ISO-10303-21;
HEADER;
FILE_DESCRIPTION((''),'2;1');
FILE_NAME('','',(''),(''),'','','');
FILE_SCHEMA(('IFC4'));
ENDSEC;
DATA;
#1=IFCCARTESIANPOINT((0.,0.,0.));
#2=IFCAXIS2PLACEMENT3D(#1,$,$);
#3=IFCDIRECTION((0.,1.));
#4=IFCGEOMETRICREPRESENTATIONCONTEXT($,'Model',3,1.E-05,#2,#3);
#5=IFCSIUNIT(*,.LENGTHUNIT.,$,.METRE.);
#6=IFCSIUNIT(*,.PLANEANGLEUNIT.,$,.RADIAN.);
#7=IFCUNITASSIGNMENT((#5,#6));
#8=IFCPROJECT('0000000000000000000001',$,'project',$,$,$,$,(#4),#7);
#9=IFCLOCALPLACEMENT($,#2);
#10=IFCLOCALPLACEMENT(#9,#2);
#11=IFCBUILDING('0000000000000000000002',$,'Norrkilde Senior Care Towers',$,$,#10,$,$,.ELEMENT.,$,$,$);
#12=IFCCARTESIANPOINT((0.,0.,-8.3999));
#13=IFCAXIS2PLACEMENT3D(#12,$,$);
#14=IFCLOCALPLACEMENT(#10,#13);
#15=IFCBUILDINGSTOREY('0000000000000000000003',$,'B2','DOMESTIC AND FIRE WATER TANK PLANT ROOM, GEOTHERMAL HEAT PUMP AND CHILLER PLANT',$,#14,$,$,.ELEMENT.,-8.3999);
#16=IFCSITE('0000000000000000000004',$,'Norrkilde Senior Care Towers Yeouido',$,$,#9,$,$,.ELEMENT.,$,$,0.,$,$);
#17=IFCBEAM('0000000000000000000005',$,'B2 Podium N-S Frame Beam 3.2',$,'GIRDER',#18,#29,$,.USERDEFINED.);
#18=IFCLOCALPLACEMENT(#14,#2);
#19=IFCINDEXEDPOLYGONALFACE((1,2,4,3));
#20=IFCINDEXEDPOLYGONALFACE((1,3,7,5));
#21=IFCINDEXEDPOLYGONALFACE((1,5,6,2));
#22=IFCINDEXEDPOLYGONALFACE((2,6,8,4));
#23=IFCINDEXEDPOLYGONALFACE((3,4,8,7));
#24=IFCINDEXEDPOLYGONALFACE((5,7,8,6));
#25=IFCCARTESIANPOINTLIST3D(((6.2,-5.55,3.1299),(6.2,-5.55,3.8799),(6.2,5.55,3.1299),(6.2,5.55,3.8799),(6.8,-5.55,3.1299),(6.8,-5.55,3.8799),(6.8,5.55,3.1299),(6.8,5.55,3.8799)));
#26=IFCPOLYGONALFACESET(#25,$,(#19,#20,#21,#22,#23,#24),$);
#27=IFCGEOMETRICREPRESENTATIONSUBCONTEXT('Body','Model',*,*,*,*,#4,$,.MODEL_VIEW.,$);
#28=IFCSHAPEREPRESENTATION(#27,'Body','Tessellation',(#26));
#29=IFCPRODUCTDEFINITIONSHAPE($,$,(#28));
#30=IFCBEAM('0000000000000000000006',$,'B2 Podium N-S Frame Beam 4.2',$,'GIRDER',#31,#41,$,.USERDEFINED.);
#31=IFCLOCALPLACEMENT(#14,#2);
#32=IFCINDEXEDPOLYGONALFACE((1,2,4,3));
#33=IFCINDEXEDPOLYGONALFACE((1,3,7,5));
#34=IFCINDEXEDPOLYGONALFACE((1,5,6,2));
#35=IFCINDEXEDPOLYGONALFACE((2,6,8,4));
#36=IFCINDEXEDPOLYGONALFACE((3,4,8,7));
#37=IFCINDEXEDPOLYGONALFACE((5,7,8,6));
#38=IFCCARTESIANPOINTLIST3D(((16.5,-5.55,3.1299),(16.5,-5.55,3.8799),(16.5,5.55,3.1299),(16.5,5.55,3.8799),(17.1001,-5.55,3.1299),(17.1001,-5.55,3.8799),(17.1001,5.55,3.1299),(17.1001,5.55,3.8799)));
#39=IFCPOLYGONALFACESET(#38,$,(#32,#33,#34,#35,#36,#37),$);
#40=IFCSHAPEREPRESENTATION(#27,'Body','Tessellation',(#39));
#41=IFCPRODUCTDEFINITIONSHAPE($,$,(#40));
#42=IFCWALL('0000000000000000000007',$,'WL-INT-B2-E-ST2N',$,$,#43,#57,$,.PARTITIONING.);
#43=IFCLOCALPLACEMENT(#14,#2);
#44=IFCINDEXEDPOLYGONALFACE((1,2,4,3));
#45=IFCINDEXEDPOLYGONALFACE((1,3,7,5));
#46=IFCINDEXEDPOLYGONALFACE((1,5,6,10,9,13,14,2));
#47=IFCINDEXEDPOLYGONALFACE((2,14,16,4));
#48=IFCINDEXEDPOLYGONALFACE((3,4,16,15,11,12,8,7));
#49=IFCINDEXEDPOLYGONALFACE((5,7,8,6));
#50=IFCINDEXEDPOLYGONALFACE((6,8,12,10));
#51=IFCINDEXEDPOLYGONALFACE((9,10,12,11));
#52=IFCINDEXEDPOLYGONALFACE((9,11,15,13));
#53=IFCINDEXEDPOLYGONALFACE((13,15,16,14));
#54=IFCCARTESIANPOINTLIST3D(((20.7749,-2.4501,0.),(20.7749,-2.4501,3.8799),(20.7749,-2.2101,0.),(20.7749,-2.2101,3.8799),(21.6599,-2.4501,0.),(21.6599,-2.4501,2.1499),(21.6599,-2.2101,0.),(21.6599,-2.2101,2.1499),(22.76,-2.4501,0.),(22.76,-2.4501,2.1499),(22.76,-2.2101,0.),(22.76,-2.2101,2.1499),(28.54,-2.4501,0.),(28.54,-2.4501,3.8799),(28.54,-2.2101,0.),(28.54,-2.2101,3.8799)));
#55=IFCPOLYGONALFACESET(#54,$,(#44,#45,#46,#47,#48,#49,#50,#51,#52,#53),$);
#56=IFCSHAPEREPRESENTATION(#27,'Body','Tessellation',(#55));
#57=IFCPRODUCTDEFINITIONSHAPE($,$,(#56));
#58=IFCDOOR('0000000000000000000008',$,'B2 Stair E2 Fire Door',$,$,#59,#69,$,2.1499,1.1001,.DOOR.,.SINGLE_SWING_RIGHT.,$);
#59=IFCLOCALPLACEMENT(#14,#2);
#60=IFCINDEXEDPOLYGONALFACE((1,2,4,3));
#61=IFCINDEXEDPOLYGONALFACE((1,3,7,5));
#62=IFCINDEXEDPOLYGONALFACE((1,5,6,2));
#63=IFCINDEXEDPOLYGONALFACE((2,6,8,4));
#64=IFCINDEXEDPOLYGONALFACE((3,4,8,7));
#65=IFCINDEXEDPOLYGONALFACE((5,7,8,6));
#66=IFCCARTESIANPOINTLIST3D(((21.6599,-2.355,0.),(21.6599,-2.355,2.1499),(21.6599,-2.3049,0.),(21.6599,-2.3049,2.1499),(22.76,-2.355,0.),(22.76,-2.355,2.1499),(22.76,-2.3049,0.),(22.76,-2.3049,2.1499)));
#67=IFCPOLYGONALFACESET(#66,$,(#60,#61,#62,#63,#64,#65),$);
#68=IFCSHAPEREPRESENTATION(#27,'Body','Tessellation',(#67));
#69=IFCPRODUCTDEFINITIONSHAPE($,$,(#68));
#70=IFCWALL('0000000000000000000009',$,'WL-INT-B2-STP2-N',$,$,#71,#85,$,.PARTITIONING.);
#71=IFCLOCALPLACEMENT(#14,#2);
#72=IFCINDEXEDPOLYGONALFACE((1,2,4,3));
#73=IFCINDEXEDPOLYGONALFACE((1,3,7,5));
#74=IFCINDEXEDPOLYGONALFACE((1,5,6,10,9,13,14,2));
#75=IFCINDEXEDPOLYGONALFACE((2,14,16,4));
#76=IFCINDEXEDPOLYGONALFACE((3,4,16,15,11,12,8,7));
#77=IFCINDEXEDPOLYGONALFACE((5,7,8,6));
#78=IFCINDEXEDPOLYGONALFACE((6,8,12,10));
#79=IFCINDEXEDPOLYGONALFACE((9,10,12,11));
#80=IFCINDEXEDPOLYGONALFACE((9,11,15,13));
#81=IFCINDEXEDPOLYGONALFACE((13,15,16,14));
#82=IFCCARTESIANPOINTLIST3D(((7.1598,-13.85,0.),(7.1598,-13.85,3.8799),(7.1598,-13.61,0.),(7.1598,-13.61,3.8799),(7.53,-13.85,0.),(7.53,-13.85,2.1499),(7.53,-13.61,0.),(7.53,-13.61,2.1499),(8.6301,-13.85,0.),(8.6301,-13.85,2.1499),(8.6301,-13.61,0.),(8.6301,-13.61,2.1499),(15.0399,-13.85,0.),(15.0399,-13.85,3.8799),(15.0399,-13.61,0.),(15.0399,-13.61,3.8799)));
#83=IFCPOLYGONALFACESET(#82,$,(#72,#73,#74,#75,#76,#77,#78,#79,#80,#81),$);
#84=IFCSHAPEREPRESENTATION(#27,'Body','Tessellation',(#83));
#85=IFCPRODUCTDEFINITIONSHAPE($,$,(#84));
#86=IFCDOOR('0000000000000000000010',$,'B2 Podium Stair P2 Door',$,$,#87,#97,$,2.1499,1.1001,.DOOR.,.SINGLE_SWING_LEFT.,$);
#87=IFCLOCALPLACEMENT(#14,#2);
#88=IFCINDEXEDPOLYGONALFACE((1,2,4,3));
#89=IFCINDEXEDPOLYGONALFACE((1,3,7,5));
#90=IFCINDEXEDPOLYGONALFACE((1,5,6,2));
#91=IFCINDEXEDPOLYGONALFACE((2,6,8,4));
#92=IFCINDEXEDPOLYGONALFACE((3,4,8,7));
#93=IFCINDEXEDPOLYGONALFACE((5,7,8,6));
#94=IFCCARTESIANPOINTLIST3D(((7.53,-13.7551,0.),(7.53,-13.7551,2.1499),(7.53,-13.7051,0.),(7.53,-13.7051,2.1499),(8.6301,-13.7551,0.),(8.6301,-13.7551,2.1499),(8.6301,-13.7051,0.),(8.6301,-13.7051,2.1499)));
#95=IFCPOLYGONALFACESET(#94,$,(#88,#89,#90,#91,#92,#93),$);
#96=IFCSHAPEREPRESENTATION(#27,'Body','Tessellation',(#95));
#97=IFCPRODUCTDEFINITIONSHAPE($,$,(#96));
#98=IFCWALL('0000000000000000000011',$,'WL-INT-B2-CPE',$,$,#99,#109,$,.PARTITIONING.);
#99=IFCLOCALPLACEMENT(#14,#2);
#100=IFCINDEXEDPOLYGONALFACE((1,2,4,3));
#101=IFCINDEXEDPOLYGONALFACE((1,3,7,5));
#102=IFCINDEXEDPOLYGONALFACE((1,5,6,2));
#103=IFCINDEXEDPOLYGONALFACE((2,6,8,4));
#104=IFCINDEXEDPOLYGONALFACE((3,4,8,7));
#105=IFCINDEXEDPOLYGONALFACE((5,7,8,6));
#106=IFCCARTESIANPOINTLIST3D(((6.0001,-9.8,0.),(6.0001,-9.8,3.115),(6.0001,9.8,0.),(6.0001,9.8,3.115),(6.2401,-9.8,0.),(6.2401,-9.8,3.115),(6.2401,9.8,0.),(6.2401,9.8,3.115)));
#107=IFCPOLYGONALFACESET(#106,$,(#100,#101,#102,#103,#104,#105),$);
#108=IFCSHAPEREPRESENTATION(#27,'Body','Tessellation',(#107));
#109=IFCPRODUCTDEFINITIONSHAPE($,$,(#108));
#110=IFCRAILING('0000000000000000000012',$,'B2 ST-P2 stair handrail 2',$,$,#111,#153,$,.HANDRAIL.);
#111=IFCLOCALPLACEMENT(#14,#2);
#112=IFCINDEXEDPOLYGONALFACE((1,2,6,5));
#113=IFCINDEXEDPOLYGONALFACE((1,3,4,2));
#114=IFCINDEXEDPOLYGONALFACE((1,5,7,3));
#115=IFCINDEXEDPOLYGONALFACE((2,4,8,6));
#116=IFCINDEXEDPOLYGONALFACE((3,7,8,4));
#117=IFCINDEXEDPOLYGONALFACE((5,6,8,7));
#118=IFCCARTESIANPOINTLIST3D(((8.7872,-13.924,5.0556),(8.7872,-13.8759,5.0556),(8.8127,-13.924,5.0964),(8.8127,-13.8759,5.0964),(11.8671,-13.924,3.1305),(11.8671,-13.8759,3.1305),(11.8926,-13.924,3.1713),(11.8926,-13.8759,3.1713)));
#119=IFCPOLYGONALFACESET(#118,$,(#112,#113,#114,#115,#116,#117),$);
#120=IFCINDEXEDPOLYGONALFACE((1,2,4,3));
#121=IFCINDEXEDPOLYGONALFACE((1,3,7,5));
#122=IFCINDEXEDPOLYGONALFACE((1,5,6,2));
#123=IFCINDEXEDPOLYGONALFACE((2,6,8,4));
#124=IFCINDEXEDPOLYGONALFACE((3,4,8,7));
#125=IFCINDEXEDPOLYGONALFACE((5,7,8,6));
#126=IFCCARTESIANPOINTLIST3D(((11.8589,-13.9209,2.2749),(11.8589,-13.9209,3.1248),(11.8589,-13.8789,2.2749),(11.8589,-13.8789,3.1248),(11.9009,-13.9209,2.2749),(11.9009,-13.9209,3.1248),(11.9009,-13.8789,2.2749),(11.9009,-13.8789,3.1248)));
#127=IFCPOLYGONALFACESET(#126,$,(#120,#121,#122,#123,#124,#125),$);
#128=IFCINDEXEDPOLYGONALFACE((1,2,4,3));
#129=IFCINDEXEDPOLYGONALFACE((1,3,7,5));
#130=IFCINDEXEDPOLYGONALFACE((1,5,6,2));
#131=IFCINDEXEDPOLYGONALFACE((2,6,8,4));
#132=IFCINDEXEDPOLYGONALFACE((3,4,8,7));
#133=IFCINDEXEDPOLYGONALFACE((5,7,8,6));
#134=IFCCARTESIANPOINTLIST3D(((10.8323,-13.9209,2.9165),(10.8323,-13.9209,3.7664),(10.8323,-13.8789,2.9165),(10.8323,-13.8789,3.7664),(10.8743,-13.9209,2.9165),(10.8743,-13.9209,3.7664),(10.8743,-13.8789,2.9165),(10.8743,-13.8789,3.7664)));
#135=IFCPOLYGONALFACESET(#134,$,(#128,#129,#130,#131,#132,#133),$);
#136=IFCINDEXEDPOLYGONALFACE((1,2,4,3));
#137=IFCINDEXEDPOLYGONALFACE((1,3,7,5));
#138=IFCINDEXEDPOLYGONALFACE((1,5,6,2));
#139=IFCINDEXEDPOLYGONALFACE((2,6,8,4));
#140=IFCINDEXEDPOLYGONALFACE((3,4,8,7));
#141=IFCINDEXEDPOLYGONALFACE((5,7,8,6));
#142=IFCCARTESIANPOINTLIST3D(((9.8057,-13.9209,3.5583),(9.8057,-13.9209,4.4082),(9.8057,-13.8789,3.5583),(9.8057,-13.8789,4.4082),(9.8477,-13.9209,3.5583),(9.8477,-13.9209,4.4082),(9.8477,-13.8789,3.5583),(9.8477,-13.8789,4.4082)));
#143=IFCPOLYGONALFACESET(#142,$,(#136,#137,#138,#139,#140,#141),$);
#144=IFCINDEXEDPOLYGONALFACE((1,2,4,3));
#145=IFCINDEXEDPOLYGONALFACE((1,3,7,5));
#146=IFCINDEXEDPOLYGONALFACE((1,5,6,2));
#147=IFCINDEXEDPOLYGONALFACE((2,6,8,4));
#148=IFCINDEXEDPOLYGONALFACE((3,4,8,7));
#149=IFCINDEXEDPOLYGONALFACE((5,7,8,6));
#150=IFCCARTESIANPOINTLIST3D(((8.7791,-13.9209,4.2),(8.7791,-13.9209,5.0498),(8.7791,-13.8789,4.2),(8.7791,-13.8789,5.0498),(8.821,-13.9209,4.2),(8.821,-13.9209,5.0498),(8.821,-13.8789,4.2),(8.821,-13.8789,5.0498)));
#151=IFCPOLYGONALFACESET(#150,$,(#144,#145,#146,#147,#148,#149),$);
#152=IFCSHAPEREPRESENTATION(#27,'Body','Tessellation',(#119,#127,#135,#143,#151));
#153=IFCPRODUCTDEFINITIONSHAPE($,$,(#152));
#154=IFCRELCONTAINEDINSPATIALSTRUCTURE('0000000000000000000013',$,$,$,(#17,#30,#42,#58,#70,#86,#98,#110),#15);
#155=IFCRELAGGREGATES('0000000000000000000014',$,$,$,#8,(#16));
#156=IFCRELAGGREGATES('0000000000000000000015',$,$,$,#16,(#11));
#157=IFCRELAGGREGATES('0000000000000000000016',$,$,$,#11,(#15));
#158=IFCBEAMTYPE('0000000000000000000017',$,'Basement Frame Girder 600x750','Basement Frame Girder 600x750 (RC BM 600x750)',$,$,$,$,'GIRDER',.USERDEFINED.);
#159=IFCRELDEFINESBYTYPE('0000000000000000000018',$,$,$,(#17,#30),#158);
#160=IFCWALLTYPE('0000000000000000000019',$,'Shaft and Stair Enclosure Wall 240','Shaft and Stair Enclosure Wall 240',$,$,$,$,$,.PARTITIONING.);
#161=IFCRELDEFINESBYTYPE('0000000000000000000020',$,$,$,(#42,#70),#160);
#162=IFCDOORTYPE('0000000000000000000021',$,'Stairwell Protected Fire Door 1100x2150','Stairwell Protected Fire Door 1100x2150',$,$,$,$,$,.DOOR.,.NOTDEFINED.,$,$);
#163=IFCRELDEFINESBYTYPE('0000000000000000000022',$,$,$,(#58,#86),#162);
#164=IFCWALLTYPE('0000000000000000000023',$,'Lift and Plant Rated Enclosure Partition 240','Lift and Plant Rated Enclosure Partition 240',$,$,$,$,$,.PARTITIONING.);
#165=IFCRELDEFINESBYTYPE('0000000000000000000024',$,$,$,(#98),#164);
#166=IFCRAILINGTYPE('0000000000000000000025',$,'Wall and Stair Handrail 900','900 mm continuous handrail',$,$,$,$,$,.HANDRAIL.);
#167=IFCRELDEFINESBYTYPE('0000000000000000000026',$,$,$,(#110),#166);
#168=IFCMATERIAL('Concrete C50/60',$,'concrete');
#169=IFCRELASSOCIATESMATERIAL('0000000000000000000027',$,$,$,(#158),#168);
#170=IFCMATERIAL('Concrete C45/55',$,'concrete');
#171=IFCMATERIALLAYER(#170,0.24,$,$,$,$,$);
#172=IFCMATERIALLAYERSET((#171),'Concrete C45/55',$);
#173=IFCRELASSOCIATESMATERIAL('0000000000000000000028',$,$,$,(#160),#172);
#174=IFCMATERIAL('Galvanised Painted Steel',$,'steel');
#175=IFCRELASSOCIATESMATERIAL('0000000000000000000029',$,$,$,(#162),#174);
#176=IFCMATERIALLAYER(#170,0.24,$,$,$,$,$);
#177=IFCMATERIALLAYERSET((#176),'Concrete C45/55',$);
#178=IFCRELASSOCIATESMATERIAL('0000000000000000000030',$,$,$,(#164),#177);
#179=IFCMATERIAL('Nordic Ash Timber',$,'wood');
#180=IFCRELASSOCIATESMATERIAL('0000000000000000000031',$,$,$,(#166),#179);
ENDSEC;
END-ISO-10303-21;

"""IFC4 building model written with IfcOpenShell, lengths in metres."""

from ifc_helpers import new_model, si_unit, direction, frame, frame_2d, origin, origin_2d, place, context, subcontext, project, spatial, rectangle, extrude, source, transform, mapped, material, layer, layer_set, material_profile, profile_set, type_object, type_shapes, element, fill, save


model = new_model("IFC4")

# Units and contexts
model_context = context("Model", 3, precision=1e-05, world=origin(), true_north=direction((0.0, 1.0)))
body_context = subcontext(model_context, "Body", "Model", "MODEL_VIEW")
ifc_project = project(units=[si_unit("LENGTHUNIT", "METRE"), si_unit("PLANEANGLEUNIT", "RADIAN")], contexts=[model_context])

# Site, building, storey
site_placement = place(None, origin())
site = spatial("IfcSite", under=ifc_project, at=site_placement, Name="Norrkilde Senior Care Towers Yeouido", CompositionType="ELEMENT", RefElevation=0.0)
building_placement = place(site_placement, origin())
building = spatial("IfcBuilding", under=site, at=building_placement, Name="Norrkilde Senior Care Towers", CompositionType="ELEMENT")
storey_placement = place(building_placement, frame((0.0, 0.0, -8.3999)))
storey = spatial("IfcBuildingStorey", under=building, at=storey_placement, Name="B2", Description="DOMESTIC AND FIRE WATER TANK PLANT ROOM, GEOTHERMAL HEAT PUMP AND CHILLER PLANT", CompositionType="ELEMENT", Elevation=-8.3999)

# Shared definitions
ifc_material_1 = material(Name="Concrete C50/60", Category="concrete")

# Shared definitions
ifc_material_2 = material(Name="Concrete C45/55", Category="concrete")

# Beams
ifc_material_profile_1 = material_profile(ifc_material_1, rectangle(XDim=0.6001, YDim=0.75, at=origin_2d()), Name="RC BM 600x750")
ifc_profile_set_1 = profile_set([ifc_material_profile_1], Name="Concrete C50/60")
beam_type_1 = type_object("IfcBeamType", Name="Basement Frame Girder 600x750", Description="Basement Frame Girder 600x750 (RC BM 600x750)", ElementType="GIRDER", PredefinedType="USERDEFINED", material=ifc_profile_set_1)
shared_shape_1 = source(origin(), body_context, "Body", "SweptSolid", [
    extrude(rectangle(XDim=0.6001, YDim=0.75, at=origin_2d()), origin(), (0.0, 0.0, 1.0), 11.1001),
])
type_shapes(beam_type_1, [shared_shape_1])
for number, where, z_axis, x_axis, name in (
    (1, (6.5, -5.55, 3.5049), (0.0, 1.0, 0.0), (-1.0, 0.0, 0.0), "B2 Podium N-S Frame Beam 3.2"),
    (2, (16.8, -5.55, 3.5049), (0.0, 1.0, 0.0), (-1.0, 0.0, 0.0), "B2 Podium N-S Frame Beam 4.2"),
):
    element("IfcBeam", number, at=place(storey_placement, frame(where, z_axis=z_axis, x_axis=x_axis)), inside=storey, type_object=beam_type_1, Name=name, ObjectType="GIRDER", PredefinedType="USERDEFINED", context=body_context, shape_type="MappedRepresentation", body=[
        mapped(shared_shape_1, transform((0.0, 0.0, 0.0), x_axis=(1.0, 0.0, 0.0), y_axis=(0.0, 1.0, 0.0), z_axis=(0.0, 0.0, 1.0), scale=1.0)),
    ])

# Walls, openings, doors
ifc_material_3 = material(Name="Galvanised Painted Steel", Category="steel")
ifc_layer_1 = layer(ifc_material_2, 0.24)
ifc_layer_set_1 = layer_set([ifc_layer_1], Name="Concrete C45/55")
wall_type_1 = type_object("IfcWallType", Name="Shaft and Stair Enclosure Wall 240", Description="Shaft and Stair Enclosure Wall 240", PredefinedType="PARTITIONING", material=ifc_layer_set_1)
shared_shape_2 = source(origin(), body_context, "Body", "SweptSolid", [
    extrude(rectangle(XDim=7.7651, YDim=0.24, at=frame_2d((3.8826, 0.0))), origin(), (0.0, 0.0, 1.0), 3.8799),
])
wall_1_placement = place(storey_placement, frame((20.7749, -2.3301, 0.0), z_axis=(0.0, 0.0, 1.0), x_axis=(1.0, 0.0, 0.0)))
wall_1 = element("IfcWall", 3, at=wall_1_placement, inside=storey, type_object=wall_type_1, Name="WL-INT-B2-E-ST2N", PredefinedType="PARTITIONING", context=body_context, shape_type="MappedRepresentation", body=[
    mapped(shared_shape_2, transform((0.0, 0.0, 0.0), x_axis=(1.0, 0.0, 0.0), y_axis=(0.0, 1.0, 0.0), z_axis=(0.0, 0.0, 1.0), scale=1.0)),
])
opening_1_placement = place(wall_1_placement, frame((0.885, 0.0, 0.0)))
opening_1 = element("IfcOpeningElement", 4, at=opening_1_placement, cuts=wall_1, PredefinedType="OPENING", context=body_context, shape_type="SweptSolid", body=[
    extrude(rectangle(XDim=1.1001, YDim=2.1499, at=frame_2d((0.55, 1.075))), frame((0.0, 0.1299, 0.0), z_axis=(0.0, -1.0, 0.0), x_axis=(1.0, 0.0, 0.0)), (0.0, 0.0, 1.0), 0.26),
])
door_type_1 = type_object("IfcDoorType", Name="Stairwell Protected Fire Door 1100x2150", Description="Stairwell Protected Fire Door 1100x2150", OperationType="NOTDEFINED", PredefinedType="DOOR", material=ifc_material_3)
shared_shape_3 = source(origin(), body_context, "Body", "SweptSolid", [
    extrude(rectangle(XDim=1.1001, YDim=2.1499, at=frame_2d((0.55, 1.075))), frame((0.0, 0.0249, 0.0), z_axis=(0.0, -1.0, 0.0), x_axis=(1.0, 0.0, 0.0)), (0.0, 0.0, 1.0), 0.05),
])
type_shapes(door_type_1, [shared_shape_3])
door_1_placement = place(opening_1_placement, frame((1.1001, 0.0, 0.0), z_axis=(0.0, 0.0, 1.0), x_axis=(-1.0, 0.0, 0.0)))
door_1 = element("IfcDoor", 5, at=door_1_placement, inside=storey, type_object=door_type_1, Name="B2 Stair E2 Fire Door", OperationType="SINGLE_SWING_RIGHT", OverallHeight=2.1499, OverallWidth=1.1001, PredefinedType="DOOR", context=body_context, shape_type="MappedRepresentation", body=[
    mapped(shared_shape_3, transform((0.0, 0.0, 0.0), x_axis=(1.0, 0.0, 0.0), y_axis=(0.0, 1.0, 0.0), z_axis=(0.0, 0.0, 1.0), scale=1.0)),
])
fill(opening_1, door_1)
shared_shape_4 = source(origin(), body_context, "Body", "SweptSolid", [
    extrude(rectangle(XDim=7.8801, YDim=0.24, at=frame_2d((3.9399, 0.0))), origin(), (0.0, 0.0, 1.0), 3.8799),
])
type_shapes(wall_type_1, [shared_shape_2, shared_shape_4])
wall_2_placement = place(storey_placement, frame((7.1599, -13.73, 0.0), z_axis=(0.0, 0.0, 1.0), x_axis=(1.0, 0.0, 0.0)))
wall_2 = element("IfcWall", 6, at=wall_2_placement, inside=storey, type_object=wall_type_1, Name="WL-INT-B2-STP2-N", PredefinedType="PARTITIONING", context=body_context, shape_type="MappedRepresentation", body=[
    mapped(shared_shape_4, transform((0.0, 0.0, 0.0), x_axis=(1.0, 0.0, 0.0), y_axis=(0.0, 1.0, 0.0), z_axis=(0.0, 0.0, 1.0), scale=1.0)),
])
opening_2_placement = place(wall_2_placement, frame((0.3701, 0.0, 0.0)))
opening_2 = element("IfcOpeningElement", 7, at=opening_2_placement, cuts=wall_2, PredefinedType="OPENING", context=body_context, shape_type="SweptSolid", body=[
    extrude(rectangle(XDim=1.1001, YDim=2.1499, at=frame_2d((0.55, 1.075))), frame((0.0, 0.1299, 0.0), z_axis=(0.0, -1.0, 0.0), x_axis=(1.0, 0.0, 0.0)), (0.0, 0.0, 1.0), 0.26),
])
door_2_placement = place(opening_2_placement, origin())
door_2 = element("IfcDoor", 8, at=door_2_placement, inside=storey, type_object=door_type_1, Name="B2 Podium Stair P2 Door", OperationType="SINGLE_SWING_LEFT", OverallHeight=2.1499, OverallWidth=1.1001, PredefinedType="DOOR", context=body_context, shape_type="MappedRepresentation", body=[
    mapped(shared_shape_3, transform((0.0, 0.0, 0.0), x_axis=(1.0, 0.0, 0.0), y_axis=(0.0, 1.0, 0.0), z_axis=(0.0, 0.0, 1.0), scale=1.0)),
])
fill(opening_2, door_2)

# Wall
ifc_layer_2 = layer(ifc_material_2, 0.24)
ifc_layer_set_2 = layer_set([ifc_layer_2], Name="Concrete C45/55")
wall_type_2 = type_object("IfcWallType", Name="Lift and Plant Rated Enclosure Partition 240", Description="Lift and Plant Rated Enclosure Partition 240", PredefinedType="PARTITIONING", material=ifc_layer_set_2)
shared_shape_5 = source(origin(), body_context, "Body", "SweptSolid", [
    extrude(rectangle(XDim=19.6001, YDim=0.24, at=frame_2d((9.8, 0.0))), origin(), (0.0, 0.0, 1.0), 3.115),
])
type_shapes(wall_type_2, [shared_shape_5])
wall_3_placement = place(storey_placement, frame((6.1201, -9.8, 0.0), z_axis=(0.0, 0.0, 1.0), x_axis=(0.0, 1.0, 0.0)))
element("IfcWall", 9, at=wall_3_placement, inside=storey, type_object=wall_type_2, Name="WL-INT-B2-CPE", PredefinedType="PARTITIONING", context=body_context, shape_type="MappedRepresentation", body=[
    mapped(shared_shape_5, transform((0.0, 0.0, 0.0), x_axis=(1.0, 0.0, 0.0), y_axis=(0.0, 1.0, 0.0), z_axis=(0.0, 0.0, 1.0), scale=1.0)),
])

# Railing
ifc_material_4 = material(Name="Nordic Ash Timber", Category="wood")
railing_type = type_object("IfcRailingType", Name="Wall and Stair Handrail 900", Description="900 mm continuous handrail", PredefinedType="HANDRAIL", material=ifc_material_4)
railing_placement = place(storey_placement, frame((11.8799, -13.8999, 2.2749)))
element("IfcRailing", 10, at=railing_placement, inside=storey, type_object=railing_type, Name="B2 ST-P2 stair handrail 2", PredefinedType="HANDRAIL", context=body_context, shape_type="SweptSolid", body=[
    extrude(rectangle(XDim=0.0481, YDim=0.0481, at=origin_2d()), frame((0.0, 0.0, 0.876), z_axis=(-0.847979, 0.0, 0.530029), x_axis=(0.0, -1.0, 0.0)), (0.0, 0.0, 1.0), 3.6321),
    extrude(rectangle(XDim=0.042, YDim=0.042, at=origin_2d()), origin(), (0.0, 0.0, 1.0), 0.8499),
    extrude(rectangle(XDim=0.042, YDim=0.042, at=origin_2d()), frame((-1.0266, 0.0, 0.6416)), (0.0, 0.0, 1.0), 0.8499),
    extrude(rectangle(XDim=0.042, YDim=0.042, at=origin_2d()), frame((-2.0532, 0.0, 1.2834)), (0.0, 0.0, 1.0), 0.8499),
    extrude(rectangle(XDim=0.042, YDim=0.042, at=origin_2d()), frame((-3.0798, 0.0, 1.925)), (0.0, 0.0, 1.0), 0.8499),
])

save(model, "model.ifc")
